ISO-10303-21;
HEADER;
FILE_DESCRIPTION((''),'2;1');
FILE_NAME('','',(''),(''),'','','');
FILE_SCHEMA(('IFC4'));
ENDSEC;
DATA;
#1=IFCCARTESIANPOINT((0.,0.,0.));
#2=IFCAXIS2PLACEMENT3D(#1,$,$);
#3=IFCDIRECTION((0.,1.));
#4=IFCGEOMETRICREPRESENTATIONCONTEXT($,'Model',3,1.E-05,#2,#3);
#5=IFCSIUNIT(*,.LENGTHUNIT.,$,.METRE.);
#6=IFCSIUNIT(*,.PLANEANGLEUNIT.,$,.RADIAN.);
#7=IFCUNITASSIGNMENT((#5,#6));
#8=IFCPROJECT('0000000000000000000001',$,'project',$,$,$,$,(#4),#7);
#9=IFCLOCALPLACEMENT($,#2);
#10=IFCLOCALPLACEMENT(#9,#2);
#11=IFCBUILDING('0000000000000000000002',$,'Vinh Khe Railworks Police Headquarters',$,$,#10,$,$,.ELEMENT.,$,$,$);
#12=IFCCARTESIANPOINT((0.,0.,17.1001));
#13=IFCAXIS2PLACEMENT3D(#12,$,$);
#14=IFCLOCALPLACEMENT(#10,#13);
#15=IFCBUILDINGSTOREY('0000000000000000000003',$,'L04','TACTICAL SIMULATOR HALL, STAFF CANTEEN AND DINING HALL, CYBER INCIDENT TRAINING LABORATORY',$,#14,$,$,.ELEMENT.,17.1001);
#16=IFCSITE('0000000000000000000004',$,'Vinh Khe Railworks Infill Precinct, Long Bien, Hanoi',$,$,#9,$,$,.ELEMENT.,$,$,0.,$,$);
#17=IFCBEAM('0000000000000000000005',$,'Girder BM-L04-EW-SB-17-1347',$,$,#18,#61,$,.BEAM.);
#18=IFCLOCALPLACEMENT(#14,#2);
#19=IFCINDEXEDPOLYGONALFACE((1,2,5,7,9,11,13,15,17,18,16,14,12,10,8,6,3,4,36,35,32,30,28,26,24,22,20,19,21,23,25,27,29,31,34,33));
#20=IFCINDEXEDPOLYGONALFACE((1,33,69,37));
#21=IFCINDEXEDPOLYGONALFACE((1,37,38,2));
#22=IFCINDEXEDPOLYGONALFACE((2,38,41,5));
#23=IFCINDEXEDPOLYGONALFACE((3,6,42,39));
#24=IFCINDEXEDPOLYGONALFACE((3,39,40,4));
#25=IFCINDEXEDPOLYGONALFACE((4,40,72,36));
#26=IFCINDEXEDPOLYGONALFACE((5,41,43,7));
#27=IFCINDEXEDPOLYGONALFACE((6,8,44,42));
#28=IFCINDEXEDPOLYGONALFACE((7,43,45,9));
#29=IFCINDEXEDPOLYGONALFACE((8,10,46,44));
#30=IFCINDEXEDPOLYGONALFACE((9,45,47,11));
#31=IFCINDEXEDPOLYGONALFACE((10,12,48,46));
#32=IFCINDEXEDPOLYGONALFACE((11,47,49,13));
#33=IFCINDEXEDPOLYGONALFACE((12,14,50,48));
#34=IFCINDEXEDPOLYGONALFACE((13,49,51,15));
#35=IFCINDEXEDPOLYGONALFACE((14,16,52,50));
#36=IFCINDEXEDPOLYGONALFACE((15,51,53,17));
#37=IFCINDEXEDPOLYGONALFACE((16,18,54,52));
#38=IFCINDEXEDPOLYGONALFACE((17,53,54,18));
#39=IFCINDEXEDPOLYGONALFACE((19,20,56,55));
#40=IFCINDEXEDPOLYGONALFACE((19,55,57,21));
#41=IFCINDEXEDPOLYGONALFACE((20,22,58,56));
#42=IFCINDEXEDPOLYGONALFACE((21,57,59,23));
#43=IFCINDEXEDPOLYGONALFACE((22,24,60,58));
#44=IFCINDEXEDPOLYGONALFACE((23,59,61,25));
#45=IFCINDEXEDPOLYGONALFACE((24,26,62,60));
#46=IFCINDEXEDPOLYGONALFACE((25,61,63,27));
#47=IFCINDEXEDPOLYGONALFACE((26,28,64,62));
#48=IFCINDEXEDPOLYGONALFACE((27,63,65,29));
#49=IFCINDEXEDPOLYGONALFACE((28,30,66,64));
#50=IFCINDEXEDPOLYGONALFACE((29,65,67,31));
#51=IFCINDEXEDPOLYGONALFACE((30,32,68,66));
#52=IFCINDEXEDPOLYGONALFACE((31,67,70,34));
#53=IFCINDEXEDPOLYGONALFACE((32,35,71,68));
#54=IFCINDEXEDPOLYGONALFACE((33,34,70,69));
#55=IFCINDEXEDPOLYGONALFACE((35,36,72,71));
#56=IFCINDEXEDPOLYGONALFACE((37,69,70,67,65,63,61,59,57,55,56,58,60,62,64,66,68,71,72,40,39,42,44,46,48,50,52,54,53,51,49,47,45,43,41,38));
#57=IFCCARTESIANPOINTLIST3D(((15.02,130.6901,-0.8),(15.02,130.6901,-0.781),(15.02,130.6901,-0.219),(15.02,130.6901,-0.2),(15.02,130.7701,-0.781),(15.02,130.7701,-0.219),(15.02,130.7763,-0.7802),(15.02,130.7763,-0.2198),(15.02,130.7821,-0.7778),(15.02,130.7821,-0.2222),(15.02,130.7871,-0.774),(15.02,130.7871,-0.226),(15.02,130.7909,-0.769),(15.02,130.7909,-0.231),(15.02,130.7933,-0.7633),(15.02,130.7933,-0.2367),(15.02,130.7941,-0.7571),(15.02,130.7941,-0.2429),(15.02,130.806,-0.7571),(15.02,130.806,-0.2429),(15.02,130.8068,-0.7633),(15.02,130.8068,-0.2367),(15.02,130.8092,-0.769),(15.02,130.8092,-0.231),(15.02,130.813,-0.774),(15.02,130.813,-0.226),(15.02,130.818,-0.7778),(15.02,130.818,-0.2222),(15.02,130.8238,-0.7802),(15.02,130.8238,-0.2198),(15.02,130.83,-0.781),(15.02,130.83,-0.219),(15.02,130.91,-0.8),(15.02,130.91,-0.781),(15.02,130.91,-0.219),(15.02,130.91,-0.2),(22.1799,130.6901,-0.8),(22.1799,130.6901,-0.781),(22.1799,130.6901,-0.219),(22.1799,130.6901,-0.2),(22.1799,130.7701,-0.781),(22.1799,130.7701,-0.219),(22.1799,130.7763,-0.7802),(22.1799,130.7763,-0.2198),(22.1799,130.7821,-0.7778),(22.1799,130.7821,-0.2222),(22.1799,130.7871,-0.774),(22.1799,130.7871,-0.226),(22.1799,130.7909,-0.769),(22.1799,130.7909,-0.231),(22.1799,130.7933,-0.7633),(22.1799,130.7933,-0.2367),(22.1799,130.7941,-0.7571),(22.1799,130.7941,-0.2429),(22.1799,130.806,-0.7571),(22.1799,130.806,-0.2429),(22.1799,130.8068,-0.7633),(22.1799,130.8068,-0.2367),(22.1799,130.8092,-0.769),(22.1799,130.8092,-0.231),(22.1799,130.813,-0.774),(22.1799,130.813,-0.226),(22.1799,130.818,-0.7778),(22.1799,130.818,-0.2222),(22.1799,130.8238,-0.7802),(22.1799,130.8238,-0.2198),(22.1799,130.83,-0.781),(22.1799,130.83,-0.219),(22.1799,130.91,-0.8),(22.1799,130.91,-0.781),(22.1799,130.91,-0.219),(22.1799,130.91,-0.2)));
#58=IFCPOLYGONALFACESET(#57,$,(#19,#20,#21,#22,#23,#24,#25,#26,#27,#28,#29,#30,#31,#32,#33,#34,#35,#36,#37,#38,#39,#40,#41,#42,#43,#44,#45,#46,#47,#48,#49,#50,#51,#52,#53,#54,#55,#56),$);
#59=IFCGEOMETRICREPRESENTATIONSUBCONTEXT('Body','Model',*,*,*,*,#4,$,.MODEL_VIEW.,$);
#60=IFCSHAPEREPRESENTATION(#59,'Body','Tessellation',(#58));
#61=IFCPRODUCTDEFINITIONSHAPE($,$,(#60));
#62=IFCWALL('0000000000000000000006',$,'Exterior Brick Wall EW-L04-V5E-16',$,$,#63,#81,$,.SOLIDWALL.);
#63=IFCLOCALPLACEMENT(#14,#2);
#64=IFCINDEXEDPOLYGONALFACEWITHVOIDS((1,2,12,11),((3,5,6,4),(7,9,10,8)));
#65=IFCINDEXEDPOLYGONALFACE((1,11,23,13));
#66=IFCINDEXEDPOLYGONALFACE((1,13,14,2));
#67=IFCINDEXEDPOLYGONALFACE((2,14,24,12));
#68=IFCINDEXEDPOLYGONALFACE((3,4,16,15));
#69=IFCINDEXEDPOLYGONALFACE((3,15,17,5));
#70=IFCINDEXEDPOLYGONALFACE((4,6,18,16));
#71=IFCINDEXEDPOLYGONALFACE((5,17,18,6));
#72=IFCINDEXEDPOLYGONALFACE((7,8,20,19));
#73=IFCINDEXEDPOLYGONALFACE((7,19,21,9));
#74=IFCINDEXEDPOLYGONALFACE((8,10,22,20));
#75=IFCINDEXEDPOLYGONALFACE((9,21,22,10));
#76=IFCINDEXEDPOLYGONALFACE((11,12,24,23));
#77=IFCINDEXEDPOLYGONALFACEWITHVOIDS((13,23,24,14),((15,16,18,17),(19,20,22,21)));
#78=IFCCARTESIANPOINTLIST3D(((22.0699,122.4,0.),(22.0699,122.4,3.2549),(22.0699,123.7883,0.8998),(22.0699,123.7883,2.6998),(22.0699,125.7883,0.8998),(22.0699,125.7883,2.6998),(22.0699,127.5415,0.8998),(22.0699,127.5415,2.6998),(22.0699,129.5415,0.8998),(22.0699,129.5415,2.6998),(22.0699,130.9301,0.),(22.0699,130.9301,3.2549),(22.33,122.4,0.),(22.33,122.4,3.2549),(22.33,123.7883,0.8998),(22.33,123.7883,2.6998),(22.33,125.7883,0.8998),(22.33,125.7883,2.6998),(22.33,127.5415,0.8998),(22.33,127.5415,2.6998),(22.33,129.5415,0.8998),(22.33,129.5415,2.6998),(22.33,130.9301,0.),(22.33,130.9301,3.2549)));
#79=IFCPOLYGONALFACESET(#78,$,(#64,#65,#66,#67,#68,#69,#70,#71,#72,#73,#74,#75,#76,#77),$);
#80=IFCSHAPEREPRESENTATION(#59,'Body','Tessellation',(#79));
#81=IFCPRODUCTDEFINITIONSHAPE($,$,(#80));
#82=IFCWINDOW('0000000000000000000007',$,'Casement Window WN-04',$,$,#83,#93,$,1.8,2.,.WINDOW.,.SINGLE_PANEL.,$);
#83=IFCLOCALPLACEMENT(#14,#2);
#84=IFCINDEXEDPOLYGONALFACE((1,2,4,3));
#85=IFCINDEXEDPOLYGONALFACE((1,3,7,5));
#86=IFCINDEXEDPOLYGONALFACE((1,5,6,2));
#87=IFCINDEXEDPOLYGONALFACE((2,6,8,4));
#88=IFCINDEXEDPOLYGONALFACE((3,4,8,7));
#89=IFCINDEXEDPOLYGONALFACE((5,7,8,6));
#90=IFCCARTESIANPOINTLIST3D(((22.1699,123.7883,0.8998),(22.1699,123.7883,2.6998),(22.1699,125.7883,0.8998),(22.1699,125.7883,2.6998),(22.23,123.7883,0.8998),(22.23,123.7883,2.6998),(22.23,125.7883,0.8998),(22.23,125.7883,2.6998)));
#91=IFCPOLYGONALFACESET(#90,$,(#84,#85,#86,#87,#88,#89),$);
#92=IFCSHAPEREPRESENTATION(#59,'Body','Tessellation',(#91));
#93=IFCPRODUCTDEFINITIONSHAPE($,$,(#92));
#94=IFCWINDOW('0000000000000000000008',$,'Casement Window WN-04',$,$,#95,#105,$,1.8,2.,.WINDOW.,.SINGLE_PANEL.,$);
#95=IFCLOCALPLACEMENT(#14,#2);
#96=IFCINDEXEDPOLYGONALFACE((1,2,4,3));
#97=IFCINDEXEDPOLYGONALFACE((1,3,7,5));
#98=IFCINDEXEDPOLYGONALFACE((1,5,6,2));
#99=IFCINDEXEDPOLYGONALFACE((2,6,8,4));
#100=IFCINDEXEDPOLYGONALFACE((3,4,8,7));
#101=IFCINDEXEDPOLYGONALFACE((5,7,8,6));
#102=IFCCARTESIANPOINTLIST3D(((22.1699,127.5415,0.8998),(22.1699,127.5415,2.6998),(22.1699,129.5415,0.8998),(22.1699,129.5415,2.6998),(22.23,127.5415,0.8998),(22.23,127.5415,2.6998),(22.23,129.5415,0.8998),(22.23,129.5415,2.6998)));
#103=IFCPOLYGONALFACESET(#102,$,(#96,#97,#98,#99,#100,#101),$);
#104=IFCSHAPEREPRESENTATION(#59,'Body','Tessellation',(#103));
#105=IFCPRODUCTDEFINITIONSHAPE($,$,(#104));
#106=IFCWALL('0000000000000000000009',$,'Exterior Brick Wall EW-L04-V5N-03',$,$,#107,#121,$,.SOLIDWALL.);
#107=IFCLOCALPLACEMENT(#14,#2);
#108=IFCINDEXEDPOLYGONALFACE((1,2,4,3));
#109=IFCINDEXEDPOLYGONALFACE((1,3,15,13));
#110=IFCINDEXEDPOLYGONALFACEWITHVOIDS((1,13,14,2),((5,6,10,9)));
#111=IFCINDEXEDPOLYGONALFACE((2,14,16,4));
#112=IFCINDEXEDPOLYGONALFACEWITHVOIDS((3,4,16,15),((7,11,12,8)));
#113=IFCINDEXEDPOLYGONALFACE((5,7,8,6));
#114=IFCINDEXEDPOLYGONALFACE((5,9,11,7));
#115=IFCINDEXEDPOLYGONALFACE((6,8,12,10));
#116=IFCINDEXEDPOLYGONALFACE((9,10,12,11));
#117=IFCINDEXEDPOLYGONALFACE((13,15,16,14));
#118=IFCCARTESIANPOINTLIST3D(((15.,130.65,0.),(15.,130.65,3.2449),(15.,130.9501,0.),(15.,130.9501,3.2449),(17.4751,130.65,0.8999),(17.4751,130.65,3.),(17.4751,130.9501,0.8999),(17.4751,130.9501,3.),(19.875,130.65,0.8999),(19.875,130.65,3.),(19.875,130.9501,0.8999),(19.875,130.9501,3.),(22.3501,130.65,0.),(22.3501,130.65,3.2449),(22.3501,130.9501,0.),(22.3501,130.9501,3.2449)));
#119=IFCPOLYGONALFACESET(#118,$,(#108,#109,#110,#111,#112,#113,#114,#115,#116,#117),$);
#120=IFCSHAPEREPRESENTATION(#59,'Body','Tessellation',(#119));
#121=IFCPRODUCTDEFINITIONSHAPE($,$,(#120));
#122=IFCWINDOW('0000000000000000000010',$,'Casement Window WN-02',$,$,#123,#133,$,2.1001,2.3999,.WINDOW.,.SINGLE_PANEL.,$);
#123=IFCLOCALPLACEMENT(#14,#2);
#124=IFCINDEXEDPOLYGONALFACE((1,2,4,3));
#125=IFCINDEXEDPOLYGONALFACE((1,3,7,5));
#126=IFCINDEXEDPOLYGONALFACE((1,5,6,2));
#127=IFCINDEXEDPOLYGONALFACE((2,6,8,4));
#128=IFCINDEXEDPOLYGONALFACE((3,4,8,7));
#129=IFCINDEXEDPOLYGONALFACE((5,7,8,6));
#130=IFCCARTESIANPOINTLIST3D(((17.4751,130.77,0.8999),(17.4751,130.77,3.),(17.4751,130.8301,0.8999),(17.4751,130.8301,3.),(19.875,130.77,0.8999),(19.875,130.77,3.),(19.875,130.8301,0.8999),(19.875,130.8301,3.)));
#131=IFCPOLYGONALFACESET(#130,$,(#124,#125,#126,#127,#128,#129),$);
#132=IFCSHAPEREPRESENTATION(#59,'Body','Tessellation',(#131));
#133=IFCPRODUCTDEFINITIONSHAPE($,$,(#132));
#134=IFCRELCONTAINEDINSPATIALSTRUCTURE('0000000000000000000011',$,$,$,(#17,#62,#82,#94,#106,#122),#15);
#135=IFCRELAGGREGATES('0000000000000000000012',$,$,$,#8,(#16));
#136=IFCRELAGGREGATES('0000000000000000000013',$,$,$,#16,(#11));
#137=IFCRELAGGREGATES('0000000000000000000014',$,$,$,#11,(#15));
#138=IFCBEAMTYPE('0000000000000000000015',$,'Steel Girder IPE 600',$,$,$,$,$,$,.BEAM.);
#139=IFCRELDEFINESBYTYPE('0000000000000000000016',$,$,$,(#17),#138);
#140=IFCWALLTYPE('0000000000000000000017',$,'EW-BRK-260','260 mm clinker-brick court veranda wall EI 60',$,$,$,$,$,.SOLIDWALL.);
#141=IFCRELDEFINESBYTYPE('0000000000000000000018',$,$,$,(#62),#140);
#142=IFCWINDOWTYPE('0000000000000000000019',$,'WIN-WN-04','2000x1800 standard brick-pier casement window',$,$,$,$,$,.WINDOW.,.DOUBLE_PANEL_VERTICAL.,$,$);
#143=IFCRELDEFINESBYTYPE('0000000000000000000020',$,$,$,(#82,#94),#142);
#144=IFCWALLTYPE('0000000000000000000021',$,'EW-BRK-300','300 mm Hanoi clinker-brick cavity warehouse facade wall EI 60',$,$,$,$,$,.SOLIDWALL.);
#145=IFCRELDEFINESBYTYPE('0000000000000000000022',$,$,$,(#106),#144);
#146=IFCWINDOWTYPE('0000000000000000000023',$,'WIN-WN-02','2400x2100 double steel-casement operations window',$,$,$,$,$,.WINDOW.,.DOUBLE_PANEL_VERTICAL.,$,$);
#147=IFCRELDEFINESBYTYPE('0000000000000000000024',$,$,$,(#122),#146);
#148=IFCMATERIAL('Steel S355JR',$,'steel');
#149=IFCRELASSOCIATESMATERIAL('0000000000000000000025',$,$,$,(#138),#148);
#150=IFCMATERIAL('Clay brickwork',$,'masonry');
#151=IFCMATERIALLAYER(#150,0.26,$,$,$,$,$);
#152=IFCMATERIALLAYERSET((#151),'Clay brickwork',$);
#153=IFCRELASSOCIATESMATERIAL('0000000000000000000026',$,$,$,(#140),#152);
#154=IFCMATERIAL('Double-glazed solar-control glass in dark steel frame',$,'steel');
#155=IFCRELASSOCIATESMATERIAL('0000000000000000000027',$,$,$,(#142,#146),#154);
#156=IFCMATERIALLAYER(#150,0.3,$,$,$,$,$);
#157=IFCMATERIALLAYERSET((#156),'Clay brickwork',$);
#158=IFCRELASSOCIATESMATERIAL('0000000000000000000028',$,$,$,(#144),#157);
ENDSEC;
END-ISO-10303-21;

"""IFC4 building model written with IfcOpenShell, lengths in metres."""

from ifc_helpers import new_model, si_unit, direction, frame, frame_2d, origin, origin_2d, place, context, subcontext, project, spatial, rectangle, i_section, extrude, material, layer, layer_set, material_profile, profile_set, type_object, element, fill, save


model = new_model("IFC4")

# Units and contexts
model_context = context("Model", 3, precision=1e-05, world=origin(), true_north=direction((0.0, 1.0)))
body_context = subcontext(model_context, "Body", "Model", "MODEL_VIEW")
ifc_project = project(units=[si_unit("LENGTHUNIT", "METRE"), si_unit("PLANEANGLEUNIT", "RADIAN")], contexts=[model_context])

# Site, building, storey
site_placement = place(None, origin())
site = spatial("IfcSite", under=ifc_project, at=site_placement, Name="Vinh Khe Railworks Infill Precinct, Long Bien, Hanoi", CompositionType="ELEMENT", RefElevation=0.0)
building_placement = place(site_placement, origin())
building = spatial("IfcBuilding", under=site, at=building_placement, Name="Vinh Khe Railworks Police Headquarters", CompositionType="ELEMENT")
storey_placement = place(building_placement, frame((0.0, 0.0, 17.1001)))
storey = spatial("IfcBuildingStorey", under=building, at=storey_placement, Name="L04", Description="TACTICAL SIMULATOR HALL, STAFF CANTEEN AND DINING HALL, CYBER INCIDENT TRAINING LABORATORY", CompositionType="ELEMENT", Elevation=17.1001)

# Shared definitions
ifc_material_1 = material(Name="Steel S355JR", Category="steel")

# Beam
ifc_material_profile_1 = material_profile(ifc_material_1, i_section(OverallWidth=0.22, OverallDepth=0.6001, WebThickness=0.012, FlangeThickness=0.019, FilletRadius=0.0239, at=origin_2d()), Name="IPE 600")
ifc_profile_set_1 = profile_set([ifc_material_profile_1], Name="Steel S355JR")
beam_type_1 = type_object("IfcBeamType", Name="Steel Girder IPE 600", PredefinedType="BEAM", material=ifc_profile_set_1)
beam_1_placement = place(storey_placement, frame((15.02, 130.8, -0.5), z_axis=(1.0, 0.0, 0.0), x_axis=(0.0, 1.0, 0.0)))
element("IfcBeam", 1, at=beam_1_placement, inside=storey, type_object=beam_type_1, Name="Girder BM-L04-EW-SB-17-1347", PredefinedType="BEAM", context=body_context, shape_type="SweptSolid", body=[
    extrude(i_section(OverallWidth=0.22, OverallDepth=0.6001, WebThickness=0.012, FlangeThickness=0.019, FilletRadius=0.0239, at=origin_2d()), origin(), (0.0, 0.0, 1.0), 7.1599),
])

# Wall, openings, windows
ifc_material_2 = material(Name="Clay brickwork", Category="masonry")
ifc_layer_1 = layer(ifc_material_2, 0.26)
ifc_layer_set_1 = layer_set([ifc_layer_1], Name="Clay brickwork")
wall_type_1 = type_object("IfcWallType", Name="EW-BRK-260", Description="260 mm clinker-brick court veranda wall EI 60", PredefinedType="SOLIDWALL", material=ifc_layer_set_1)
wall_1_placement = place(storey_placement, frame((22.2, 122.3999, 0.0), z_axis=(0.0, 0.0, 1.0), x_axis=(0.0, 1.0, 0.0)))
wall_1 = element("IfcWall", 2, at=wall_1_placement, inside=storey, type_object=wall_type_1, Name="Exterior Brick Wall EW-L04-V5E-16", PredefinedType="SOLIDWALL", context=body_context, shape_type="SweptSolid", body=[
    extrude(rectangle(XDim=8.53, YDim=0.26, at=frame_2d((4.2651, 0.0))), origin(), (0.0, 0.0, 1.0), 3.2549),
])
opening_1_placement = place(wall_1_placement, frame((1.3884, 0.0, 0.8999)))
opening_1 = element("IfcOpeningElement", 3, at=opening_1_placement, cuts=wall_1, PredefinedType="OPENING", context=body_context, shape_type="SweptSolid", body=[
    extrude(rectangle(XDim=2.0, YDim=1.8, at=frame_2d((1.0, 0.8999))), frame((0.0, 0.145, 0.0), z_axis=(0.0, -1.0, 0.0), x_axis=(1.0, 0.0, 0.0)), (0.0, 0.0, 1.0), 0.2898),
])
opening_2_placement = place(wall_1_placement, frame((5.1416, 0.0, 0.8999)))
opening_2 = element("IfcOpeningElement", 4, at=opening_2_placement, cuts=wall_1, PredefinedType="OPENING", context=body_context, shape_type="SweptSolid", body=[
    extrude(rectangle(XDim=2.0, YDim=1.8, at=frame_2d((1.0, 0.8999))), frame((0.0, 0.145, 0.0), z_axis=(0.0, -1.0, 0.0), x_axis=(1.0, 0.0, 0.0)), (0.0, 0.0, 1.0), 0.2898),
])
ifc_material_3 = material(Name="Double-glazed solar-control glass in dark steel frame", Category="steel")
window_type_1 = type_object("IfcWindowType", Name="WIN-WN-04", Description="2000x1800 standard brick-pier casement window", PartitioningType="DOUBLE_PANEL_VERTICAL", PredefinedType="WINDOW", material=ifc_material_3)
window_1_placement = place(opening_1_placement, origin())
window_1 = element("IfcWindow", 5, at=window_1_placement, inside=storey, type_object=window_type_1, Name="Casement Window WN-04", OverallHeight=1.8, OverallWidth=2.0, PartitioningType="SINGLE_PANEL", PredefinedType="WINDOW", context=body_context, shape_type="SweptSolid", body=[
    extrude(rectangle(XDim=2.0, YDim=1.8, at=frame_2d((1.0, 0.8999))), frame((0.0, 0.03, 0.0), z_axis=(0.0, -1.0, 0.0), x_axis=(1.0, 0.0, 0.0)), (0.0, 0.0, 1.0), 0.0601),
])
fill(opening_1, window_1)
window_2_placement = place(opening_2_placement, origin())
window_2 = element("IfcWindow", 6, at=window_2_placement, inside=storey, type_object=window_type_1, Name="Casement Window WN-04", OverallHeight=1.8, OverallWidth=2.0, PartitioningType="SINGLE_PANEL", PredefinedType="WINDOW", context=body_context, shape_type="SweptSolid", body=[
    extrude(rectangle(XDim=2.0, YDim=1.8, at=frame_2d((1.0, 0.8999))), frame((0.0, 0.03, 0.0), z_axis=(0.0, -1.0, 0.0), x_axis=(1.0, 0.0, 0.0)), (0.0, 0.0, 1.0), 0.0601),
])
fill(opening_2, window_2)

# Wall, opening, window
ifc_layer_2 = layer(ifc_material_2, 0.3)
ifc_layer_set_2 = layer_set([ifc_layer_2], Name="Clay brickwork")
wall_type_2 = type_object("IfcWallType", Name="EW-BRK-300", Description="300 mm Hanoi clinker-brick cavity warehouse facade wall EI 60", PredefinedType="SOLIDWALL", material=ifc_layer_set_2)
wall_2_placement = place(storey_placement, frame((15.0, 130.8, 0.0), z_axis=(0.0, 0.0, 1.0), x_axis=(1.0, 0.0, 0.0)))
wall_2 = element("IfcWall", 7, at=wall_2_placement, inside=storey, type_object=wall_type_2, Name="Exterior Brick Wall EW-L04-V5N-03", PredefinedType="SOLIDWALL", context=body_context, shape_type="SweptSolid", body=[
    extrude(rectangle(XDim=7.3501, YDim=0.3, at=frame_2d((3.675, 0.0))), origin(), (0.0, 0.0, 1.0), 3.2449),
])
opening_3_placement = place(wall_2_placement, frame((2.4751, 0.0, 0.8999)))
opening_3 = element("IfcOpeningElement", 8, at=opening_3_placement, cuts=wall_2, PredefinedType="OPENING", context=body_context, shape_type="SweptSolid", body=[
    extrude(rectangle(XDim=2.3999, YDim=2.1001, at=frame_2d((1.2, 1.05))), frame((0.0, 0.165, 0.0), z_axis=(0.0, -1.0, 0.0), x_axis=(1.0, 0.0, 0.0)), (0.0, 0.0, 1.0), 0.3298),
])
window_type_2 = type_object("IfcWindowType", Name="WIN-WN-02", Description="2400x2100 double steel-casement operations window", PartitioningType="DOUBLE_PANEL_VERTICAL", PredefinedType="WINDOW", material=ifc_material_3)
window_3_placement = place(opening_3_placement, origin())
window_3 = element("IfcWindow", 9, at=window_3_placement, inside=storey, type_object=window_type_2, Name="Casement Window WN-02", OverallHeight=2.1001, OverallWidth=2.3999, PartitioningType="SINGLE_PANEL", PredefinedType="WINDOW", context=body_context, shape_type="SweptSolid", body=[
    extrude(rectangle(XDim=2.3999, YDim=2.1001, at=frame_2d((1.2, 1.05))), frame((0.0, 0.03, 0.0), z_axis=(0.0, -1.0, 0.0), x_axis=(1.0, 0.0, 0.0)), (0.0, 0.0, 1.0), 0.0601),
])
fill(opening_3, window_3)

save(model, "model.ifc")
